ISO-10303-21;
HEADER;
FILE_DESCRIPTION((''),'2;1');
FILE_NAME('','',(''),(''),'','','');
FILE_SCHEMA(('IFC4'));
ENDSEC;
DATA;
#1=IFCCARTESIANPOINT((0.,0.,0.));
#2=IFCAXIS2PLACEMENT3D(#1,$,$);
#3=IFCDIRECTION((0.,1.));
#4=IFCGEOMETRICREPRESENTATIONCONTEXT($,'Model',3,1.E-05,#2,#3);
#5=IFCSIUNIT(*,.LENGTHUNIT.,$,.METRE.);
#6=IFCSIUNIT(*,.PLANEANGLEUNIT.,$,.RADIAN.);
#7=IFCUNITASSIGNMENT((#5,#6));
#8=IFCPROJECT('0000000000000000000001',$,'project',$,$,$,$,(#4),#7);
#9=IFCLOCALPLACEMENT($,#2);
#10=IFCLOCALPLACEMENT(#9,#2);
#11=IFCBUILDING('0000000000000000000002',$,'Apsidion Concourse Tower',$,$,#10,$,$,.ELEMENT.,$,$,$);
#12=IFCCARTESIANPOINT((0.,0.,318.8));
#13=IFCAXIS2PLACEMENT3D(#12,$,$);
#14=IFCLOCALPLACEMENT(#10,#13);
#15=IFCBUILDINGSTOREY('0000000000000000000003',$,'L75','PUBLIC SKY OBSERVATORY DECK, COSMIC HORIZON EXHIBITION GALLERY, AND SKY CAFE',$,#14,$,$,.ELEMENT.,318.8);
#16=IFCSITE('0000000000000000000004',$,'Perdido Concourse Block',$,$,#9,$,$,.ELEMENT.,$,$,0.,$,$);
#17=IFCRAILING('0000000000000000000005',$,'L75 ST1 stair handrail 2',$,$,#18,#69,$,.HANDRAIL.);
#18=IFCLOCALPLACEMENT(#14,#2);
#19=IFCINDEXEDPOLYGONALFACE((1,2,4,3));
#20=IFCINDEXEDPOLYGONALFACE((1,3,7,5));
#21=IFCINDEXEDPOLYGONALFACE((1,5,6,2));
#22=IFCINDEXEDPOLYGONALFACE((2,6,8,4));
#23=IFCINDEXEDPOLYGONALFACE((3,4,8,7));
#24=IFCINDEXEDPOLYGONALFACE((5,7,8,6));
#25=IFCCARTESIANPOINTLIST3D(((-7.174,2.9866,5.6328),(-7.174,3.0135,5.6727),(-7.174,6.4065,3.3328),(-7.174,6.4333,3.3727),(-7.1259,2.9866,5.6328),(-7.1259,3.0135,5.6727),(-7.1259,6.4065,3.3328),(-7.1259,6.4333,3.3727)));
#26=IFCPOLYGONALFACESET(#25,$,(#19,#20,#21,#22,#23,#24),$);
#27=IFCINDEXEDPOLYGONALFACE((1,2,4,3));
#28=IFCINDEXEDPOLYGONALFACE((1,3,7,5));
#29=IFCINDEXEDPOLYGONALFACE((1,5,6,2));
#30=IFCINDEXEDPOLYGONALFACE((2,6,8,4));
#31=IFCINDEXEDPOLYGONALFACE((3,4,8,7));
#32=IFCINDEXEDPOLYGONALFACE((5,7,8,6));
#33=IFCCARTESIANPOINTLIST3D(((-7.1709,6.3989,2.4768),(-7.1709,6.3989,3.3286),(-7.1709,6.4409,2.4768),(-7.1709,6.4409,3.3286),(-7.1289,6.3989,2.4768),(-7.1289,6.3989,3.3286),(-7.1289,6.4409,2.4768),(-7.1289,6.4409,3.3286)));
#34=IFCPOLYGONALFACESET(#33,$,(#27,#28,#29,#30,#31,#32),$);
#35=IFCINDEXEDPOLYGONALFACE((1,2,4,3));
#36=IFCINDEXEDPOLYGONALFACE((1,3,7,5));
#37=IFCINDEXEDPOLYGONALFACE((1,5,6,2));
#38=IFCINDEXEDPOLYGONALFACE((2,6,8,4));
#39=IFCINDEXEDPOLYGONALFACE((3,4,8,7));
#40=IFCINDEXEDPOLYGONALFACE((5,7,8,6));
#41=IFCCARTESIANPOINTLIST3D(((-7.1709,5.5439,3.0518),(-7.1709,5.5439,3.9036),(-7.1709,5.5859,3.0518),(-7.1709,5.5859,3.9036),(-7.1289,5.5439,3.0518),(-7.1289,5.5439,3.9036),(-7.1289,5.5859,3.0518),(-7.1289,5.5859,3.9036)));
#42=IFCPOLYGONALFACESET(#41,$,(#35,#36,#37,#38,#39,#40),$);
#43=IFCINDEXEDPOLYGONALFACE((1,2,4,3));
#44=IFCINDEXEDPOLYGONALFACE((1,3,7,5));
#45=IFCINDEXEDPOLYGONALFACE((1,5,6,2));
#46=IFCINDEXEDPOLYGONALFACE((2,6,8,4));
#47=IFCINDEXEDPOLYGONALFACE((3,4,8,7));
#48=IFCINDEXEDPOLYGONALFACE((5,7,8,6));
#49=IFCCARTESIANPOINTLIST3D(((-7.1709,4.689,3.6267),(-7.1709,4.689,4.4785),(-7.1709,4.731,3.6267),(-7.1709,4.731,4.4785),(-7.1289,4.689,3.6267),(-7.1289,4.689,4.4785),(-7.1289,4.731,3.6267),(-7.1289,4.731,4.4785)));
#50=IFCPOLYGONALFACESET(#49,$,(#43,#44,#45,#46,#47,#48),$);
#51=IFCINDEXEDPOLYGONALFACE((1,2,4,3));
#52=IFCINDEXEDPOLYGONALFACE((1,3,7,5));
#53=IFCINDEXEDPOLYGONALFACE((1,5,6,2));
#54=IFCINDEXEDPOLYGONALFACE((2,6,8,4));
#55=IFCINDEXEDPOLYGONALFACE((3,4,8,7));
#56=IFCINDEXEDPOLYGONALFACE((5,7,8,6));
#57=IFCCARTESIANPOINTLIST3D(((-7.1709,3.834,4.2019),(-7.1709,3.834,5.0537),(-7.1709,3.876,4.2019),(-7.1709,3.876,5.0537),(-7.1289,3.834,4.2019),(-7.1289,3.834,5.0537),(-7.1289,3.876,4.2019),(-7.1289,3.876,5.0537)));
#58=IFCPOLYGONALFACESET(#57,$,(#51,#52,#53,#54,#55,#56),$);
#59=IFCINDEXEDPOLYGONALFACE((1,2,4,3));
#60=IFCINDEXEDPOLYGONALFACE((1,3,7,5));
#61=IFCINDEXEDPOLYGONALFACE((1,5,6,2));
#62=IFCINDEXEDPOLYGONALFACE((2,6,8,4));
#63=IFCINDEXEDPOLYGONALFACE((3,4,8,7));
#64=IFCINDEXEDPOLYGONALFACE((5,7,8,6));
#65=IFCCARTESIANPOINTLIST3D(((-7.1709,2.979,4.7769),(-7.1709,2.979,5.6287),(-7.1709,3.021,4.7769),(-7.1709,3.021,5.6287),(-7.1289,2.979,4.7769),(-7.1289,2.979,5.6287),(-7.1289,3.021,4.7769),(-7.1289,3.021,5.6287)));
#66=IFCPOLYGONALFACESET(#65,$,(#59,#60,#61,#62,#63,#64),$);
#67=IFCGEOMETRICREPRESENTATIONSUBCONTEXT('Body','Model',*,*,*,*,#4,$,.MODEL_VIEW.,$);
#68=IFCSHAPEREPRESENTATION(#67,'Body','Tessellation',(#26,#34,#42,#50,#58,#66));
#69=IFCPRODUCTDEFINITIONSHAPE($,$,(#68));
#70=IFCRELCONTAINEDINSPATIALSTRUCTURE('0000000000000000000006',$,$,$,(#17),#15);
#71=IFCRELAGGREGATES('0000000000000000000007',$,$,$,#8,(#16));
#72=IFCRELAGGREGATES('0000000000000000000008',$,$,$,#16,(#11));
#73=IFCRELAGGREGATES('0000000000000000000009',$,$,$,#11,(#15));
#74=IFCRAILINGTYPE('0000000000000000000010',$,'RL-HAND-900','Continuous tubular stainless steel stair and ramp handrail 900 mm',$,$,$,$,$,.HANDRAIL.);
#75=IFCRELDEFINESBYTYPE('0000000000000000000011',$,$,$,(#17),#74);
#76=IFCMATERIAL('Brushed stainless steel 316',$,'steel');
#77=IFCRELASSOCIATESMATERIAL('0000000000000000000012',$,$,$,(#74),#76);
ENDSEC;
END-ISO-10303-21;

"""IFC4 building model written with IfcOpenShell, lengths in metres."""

from ifc_helpers import new_model, si_unit, direction, frame, origin, origin_2d, place, context, subcontext, project, spatial, rectangle, extrude, material, type_object, element, save


model = new_model("IFC4")

# Units and contexts
model_context = context("Model", 3, precision=1e-05, world=origin(), true_north=direction((0.0, 1.0)))
body_context = subcontext(model_context, "Body", "Model", "MODEL_VIEW")
ifc_project = project(units=[si_unit("LENGTHUNIT", "METRE"), si_unit("PLANEANGLEUNIT", "RADIAN")], contexts=[model_context])

# Site, building, storey
site_placement = place(None, origin())
site = spatial("IfcSite", under=ifc_project, at=site_placement, Name="Perdido Concourse Block", CompositionType="ELEMENT", RefElevation=0.0)
building_placement = place(site_placement, origin())
building = spatial("IfcBuilding", under=site, at=building_placement, Name="Apsidion Concourse Tower", CompositionType="ELEMENT")
storey_placement = place(building_placement, frame((0.0, 0.0, 318.8)))
storey = spatial("IfcBuildingStorey", under=building, at=storey_placement, Name="L75", Description="PUBLIC SKY OBSERVATORY DECK, COSMIC HORIZON EXHIBITION GALLERY, AND SKY CAFE", CompositionType="ELEMENT", Elevation=318.8)

# Shared definitions
ifc_material_1 = material(Name="Brushed stainless steel 316", Category="steel")

# Railing
railing_type_1 = type_object("IfcRailingType", Name="RL-HAND-900", Description="Continuous tubular stainless steel stair and ramp handrail 900 mm", PredefinedType="HANDRAIL", material=ifc_material_1)
railing_1_placement = place(storey_placement, frame((-7.1499, 6.4199, 2.4768)))
element("IfcRailing", 1, at=railing_1_placement, inside=storey, type_object=railing_type_1, Name="L75 ST1 stair handrail 2", PredefinedType="HANDRAIL", context=body_context, shape_type="SweptSolid", body=[
    extrude(rectangle(XDim=0.0481, YDim=0.0481, at=origin_2d()), frame((0.0, 0.0, 0.876), z_axis=(0.0, -0.829792, 0.558072), x_axis=(1.0, 0.0, 0.0)), (0.0, 0.0, 1.0), 4.1213),
    extrude(rectangle(XDim=0.042, YDim=0.042, at=origin_2d()), origin(), (0.0, 0.0, 1.0), 0.8518),
    extrude(rectangle(XDim=0.042, YDim=0.042, at=origin_2d()), frame((0.0, -0.855, 0.575)), (0.0, 0.0, 1.0), 0.8518),
    extrude(rectangle(XDim=0.042, YDim=0.042, at=origin_2d()), frame((0.0, -1.71, 1.1499)), (0.0, 0.0, 1.0), 0.8518),
    extrude(rectangle(XDim=0.042, YDim=0.042, at=origin_2d()), frame((0.0, -2.5649, 1.7251)), (0.0, 0.0, 1.0), 0.8518),
    extrude(rectangle(XDim=0.042, YDim=0.042, at=origin_2d()), frame((0.0, -3.4199, 2.3)), (0.0, 0.0, 1.0), 0.8518),
])

save(model, "model.ifc")
